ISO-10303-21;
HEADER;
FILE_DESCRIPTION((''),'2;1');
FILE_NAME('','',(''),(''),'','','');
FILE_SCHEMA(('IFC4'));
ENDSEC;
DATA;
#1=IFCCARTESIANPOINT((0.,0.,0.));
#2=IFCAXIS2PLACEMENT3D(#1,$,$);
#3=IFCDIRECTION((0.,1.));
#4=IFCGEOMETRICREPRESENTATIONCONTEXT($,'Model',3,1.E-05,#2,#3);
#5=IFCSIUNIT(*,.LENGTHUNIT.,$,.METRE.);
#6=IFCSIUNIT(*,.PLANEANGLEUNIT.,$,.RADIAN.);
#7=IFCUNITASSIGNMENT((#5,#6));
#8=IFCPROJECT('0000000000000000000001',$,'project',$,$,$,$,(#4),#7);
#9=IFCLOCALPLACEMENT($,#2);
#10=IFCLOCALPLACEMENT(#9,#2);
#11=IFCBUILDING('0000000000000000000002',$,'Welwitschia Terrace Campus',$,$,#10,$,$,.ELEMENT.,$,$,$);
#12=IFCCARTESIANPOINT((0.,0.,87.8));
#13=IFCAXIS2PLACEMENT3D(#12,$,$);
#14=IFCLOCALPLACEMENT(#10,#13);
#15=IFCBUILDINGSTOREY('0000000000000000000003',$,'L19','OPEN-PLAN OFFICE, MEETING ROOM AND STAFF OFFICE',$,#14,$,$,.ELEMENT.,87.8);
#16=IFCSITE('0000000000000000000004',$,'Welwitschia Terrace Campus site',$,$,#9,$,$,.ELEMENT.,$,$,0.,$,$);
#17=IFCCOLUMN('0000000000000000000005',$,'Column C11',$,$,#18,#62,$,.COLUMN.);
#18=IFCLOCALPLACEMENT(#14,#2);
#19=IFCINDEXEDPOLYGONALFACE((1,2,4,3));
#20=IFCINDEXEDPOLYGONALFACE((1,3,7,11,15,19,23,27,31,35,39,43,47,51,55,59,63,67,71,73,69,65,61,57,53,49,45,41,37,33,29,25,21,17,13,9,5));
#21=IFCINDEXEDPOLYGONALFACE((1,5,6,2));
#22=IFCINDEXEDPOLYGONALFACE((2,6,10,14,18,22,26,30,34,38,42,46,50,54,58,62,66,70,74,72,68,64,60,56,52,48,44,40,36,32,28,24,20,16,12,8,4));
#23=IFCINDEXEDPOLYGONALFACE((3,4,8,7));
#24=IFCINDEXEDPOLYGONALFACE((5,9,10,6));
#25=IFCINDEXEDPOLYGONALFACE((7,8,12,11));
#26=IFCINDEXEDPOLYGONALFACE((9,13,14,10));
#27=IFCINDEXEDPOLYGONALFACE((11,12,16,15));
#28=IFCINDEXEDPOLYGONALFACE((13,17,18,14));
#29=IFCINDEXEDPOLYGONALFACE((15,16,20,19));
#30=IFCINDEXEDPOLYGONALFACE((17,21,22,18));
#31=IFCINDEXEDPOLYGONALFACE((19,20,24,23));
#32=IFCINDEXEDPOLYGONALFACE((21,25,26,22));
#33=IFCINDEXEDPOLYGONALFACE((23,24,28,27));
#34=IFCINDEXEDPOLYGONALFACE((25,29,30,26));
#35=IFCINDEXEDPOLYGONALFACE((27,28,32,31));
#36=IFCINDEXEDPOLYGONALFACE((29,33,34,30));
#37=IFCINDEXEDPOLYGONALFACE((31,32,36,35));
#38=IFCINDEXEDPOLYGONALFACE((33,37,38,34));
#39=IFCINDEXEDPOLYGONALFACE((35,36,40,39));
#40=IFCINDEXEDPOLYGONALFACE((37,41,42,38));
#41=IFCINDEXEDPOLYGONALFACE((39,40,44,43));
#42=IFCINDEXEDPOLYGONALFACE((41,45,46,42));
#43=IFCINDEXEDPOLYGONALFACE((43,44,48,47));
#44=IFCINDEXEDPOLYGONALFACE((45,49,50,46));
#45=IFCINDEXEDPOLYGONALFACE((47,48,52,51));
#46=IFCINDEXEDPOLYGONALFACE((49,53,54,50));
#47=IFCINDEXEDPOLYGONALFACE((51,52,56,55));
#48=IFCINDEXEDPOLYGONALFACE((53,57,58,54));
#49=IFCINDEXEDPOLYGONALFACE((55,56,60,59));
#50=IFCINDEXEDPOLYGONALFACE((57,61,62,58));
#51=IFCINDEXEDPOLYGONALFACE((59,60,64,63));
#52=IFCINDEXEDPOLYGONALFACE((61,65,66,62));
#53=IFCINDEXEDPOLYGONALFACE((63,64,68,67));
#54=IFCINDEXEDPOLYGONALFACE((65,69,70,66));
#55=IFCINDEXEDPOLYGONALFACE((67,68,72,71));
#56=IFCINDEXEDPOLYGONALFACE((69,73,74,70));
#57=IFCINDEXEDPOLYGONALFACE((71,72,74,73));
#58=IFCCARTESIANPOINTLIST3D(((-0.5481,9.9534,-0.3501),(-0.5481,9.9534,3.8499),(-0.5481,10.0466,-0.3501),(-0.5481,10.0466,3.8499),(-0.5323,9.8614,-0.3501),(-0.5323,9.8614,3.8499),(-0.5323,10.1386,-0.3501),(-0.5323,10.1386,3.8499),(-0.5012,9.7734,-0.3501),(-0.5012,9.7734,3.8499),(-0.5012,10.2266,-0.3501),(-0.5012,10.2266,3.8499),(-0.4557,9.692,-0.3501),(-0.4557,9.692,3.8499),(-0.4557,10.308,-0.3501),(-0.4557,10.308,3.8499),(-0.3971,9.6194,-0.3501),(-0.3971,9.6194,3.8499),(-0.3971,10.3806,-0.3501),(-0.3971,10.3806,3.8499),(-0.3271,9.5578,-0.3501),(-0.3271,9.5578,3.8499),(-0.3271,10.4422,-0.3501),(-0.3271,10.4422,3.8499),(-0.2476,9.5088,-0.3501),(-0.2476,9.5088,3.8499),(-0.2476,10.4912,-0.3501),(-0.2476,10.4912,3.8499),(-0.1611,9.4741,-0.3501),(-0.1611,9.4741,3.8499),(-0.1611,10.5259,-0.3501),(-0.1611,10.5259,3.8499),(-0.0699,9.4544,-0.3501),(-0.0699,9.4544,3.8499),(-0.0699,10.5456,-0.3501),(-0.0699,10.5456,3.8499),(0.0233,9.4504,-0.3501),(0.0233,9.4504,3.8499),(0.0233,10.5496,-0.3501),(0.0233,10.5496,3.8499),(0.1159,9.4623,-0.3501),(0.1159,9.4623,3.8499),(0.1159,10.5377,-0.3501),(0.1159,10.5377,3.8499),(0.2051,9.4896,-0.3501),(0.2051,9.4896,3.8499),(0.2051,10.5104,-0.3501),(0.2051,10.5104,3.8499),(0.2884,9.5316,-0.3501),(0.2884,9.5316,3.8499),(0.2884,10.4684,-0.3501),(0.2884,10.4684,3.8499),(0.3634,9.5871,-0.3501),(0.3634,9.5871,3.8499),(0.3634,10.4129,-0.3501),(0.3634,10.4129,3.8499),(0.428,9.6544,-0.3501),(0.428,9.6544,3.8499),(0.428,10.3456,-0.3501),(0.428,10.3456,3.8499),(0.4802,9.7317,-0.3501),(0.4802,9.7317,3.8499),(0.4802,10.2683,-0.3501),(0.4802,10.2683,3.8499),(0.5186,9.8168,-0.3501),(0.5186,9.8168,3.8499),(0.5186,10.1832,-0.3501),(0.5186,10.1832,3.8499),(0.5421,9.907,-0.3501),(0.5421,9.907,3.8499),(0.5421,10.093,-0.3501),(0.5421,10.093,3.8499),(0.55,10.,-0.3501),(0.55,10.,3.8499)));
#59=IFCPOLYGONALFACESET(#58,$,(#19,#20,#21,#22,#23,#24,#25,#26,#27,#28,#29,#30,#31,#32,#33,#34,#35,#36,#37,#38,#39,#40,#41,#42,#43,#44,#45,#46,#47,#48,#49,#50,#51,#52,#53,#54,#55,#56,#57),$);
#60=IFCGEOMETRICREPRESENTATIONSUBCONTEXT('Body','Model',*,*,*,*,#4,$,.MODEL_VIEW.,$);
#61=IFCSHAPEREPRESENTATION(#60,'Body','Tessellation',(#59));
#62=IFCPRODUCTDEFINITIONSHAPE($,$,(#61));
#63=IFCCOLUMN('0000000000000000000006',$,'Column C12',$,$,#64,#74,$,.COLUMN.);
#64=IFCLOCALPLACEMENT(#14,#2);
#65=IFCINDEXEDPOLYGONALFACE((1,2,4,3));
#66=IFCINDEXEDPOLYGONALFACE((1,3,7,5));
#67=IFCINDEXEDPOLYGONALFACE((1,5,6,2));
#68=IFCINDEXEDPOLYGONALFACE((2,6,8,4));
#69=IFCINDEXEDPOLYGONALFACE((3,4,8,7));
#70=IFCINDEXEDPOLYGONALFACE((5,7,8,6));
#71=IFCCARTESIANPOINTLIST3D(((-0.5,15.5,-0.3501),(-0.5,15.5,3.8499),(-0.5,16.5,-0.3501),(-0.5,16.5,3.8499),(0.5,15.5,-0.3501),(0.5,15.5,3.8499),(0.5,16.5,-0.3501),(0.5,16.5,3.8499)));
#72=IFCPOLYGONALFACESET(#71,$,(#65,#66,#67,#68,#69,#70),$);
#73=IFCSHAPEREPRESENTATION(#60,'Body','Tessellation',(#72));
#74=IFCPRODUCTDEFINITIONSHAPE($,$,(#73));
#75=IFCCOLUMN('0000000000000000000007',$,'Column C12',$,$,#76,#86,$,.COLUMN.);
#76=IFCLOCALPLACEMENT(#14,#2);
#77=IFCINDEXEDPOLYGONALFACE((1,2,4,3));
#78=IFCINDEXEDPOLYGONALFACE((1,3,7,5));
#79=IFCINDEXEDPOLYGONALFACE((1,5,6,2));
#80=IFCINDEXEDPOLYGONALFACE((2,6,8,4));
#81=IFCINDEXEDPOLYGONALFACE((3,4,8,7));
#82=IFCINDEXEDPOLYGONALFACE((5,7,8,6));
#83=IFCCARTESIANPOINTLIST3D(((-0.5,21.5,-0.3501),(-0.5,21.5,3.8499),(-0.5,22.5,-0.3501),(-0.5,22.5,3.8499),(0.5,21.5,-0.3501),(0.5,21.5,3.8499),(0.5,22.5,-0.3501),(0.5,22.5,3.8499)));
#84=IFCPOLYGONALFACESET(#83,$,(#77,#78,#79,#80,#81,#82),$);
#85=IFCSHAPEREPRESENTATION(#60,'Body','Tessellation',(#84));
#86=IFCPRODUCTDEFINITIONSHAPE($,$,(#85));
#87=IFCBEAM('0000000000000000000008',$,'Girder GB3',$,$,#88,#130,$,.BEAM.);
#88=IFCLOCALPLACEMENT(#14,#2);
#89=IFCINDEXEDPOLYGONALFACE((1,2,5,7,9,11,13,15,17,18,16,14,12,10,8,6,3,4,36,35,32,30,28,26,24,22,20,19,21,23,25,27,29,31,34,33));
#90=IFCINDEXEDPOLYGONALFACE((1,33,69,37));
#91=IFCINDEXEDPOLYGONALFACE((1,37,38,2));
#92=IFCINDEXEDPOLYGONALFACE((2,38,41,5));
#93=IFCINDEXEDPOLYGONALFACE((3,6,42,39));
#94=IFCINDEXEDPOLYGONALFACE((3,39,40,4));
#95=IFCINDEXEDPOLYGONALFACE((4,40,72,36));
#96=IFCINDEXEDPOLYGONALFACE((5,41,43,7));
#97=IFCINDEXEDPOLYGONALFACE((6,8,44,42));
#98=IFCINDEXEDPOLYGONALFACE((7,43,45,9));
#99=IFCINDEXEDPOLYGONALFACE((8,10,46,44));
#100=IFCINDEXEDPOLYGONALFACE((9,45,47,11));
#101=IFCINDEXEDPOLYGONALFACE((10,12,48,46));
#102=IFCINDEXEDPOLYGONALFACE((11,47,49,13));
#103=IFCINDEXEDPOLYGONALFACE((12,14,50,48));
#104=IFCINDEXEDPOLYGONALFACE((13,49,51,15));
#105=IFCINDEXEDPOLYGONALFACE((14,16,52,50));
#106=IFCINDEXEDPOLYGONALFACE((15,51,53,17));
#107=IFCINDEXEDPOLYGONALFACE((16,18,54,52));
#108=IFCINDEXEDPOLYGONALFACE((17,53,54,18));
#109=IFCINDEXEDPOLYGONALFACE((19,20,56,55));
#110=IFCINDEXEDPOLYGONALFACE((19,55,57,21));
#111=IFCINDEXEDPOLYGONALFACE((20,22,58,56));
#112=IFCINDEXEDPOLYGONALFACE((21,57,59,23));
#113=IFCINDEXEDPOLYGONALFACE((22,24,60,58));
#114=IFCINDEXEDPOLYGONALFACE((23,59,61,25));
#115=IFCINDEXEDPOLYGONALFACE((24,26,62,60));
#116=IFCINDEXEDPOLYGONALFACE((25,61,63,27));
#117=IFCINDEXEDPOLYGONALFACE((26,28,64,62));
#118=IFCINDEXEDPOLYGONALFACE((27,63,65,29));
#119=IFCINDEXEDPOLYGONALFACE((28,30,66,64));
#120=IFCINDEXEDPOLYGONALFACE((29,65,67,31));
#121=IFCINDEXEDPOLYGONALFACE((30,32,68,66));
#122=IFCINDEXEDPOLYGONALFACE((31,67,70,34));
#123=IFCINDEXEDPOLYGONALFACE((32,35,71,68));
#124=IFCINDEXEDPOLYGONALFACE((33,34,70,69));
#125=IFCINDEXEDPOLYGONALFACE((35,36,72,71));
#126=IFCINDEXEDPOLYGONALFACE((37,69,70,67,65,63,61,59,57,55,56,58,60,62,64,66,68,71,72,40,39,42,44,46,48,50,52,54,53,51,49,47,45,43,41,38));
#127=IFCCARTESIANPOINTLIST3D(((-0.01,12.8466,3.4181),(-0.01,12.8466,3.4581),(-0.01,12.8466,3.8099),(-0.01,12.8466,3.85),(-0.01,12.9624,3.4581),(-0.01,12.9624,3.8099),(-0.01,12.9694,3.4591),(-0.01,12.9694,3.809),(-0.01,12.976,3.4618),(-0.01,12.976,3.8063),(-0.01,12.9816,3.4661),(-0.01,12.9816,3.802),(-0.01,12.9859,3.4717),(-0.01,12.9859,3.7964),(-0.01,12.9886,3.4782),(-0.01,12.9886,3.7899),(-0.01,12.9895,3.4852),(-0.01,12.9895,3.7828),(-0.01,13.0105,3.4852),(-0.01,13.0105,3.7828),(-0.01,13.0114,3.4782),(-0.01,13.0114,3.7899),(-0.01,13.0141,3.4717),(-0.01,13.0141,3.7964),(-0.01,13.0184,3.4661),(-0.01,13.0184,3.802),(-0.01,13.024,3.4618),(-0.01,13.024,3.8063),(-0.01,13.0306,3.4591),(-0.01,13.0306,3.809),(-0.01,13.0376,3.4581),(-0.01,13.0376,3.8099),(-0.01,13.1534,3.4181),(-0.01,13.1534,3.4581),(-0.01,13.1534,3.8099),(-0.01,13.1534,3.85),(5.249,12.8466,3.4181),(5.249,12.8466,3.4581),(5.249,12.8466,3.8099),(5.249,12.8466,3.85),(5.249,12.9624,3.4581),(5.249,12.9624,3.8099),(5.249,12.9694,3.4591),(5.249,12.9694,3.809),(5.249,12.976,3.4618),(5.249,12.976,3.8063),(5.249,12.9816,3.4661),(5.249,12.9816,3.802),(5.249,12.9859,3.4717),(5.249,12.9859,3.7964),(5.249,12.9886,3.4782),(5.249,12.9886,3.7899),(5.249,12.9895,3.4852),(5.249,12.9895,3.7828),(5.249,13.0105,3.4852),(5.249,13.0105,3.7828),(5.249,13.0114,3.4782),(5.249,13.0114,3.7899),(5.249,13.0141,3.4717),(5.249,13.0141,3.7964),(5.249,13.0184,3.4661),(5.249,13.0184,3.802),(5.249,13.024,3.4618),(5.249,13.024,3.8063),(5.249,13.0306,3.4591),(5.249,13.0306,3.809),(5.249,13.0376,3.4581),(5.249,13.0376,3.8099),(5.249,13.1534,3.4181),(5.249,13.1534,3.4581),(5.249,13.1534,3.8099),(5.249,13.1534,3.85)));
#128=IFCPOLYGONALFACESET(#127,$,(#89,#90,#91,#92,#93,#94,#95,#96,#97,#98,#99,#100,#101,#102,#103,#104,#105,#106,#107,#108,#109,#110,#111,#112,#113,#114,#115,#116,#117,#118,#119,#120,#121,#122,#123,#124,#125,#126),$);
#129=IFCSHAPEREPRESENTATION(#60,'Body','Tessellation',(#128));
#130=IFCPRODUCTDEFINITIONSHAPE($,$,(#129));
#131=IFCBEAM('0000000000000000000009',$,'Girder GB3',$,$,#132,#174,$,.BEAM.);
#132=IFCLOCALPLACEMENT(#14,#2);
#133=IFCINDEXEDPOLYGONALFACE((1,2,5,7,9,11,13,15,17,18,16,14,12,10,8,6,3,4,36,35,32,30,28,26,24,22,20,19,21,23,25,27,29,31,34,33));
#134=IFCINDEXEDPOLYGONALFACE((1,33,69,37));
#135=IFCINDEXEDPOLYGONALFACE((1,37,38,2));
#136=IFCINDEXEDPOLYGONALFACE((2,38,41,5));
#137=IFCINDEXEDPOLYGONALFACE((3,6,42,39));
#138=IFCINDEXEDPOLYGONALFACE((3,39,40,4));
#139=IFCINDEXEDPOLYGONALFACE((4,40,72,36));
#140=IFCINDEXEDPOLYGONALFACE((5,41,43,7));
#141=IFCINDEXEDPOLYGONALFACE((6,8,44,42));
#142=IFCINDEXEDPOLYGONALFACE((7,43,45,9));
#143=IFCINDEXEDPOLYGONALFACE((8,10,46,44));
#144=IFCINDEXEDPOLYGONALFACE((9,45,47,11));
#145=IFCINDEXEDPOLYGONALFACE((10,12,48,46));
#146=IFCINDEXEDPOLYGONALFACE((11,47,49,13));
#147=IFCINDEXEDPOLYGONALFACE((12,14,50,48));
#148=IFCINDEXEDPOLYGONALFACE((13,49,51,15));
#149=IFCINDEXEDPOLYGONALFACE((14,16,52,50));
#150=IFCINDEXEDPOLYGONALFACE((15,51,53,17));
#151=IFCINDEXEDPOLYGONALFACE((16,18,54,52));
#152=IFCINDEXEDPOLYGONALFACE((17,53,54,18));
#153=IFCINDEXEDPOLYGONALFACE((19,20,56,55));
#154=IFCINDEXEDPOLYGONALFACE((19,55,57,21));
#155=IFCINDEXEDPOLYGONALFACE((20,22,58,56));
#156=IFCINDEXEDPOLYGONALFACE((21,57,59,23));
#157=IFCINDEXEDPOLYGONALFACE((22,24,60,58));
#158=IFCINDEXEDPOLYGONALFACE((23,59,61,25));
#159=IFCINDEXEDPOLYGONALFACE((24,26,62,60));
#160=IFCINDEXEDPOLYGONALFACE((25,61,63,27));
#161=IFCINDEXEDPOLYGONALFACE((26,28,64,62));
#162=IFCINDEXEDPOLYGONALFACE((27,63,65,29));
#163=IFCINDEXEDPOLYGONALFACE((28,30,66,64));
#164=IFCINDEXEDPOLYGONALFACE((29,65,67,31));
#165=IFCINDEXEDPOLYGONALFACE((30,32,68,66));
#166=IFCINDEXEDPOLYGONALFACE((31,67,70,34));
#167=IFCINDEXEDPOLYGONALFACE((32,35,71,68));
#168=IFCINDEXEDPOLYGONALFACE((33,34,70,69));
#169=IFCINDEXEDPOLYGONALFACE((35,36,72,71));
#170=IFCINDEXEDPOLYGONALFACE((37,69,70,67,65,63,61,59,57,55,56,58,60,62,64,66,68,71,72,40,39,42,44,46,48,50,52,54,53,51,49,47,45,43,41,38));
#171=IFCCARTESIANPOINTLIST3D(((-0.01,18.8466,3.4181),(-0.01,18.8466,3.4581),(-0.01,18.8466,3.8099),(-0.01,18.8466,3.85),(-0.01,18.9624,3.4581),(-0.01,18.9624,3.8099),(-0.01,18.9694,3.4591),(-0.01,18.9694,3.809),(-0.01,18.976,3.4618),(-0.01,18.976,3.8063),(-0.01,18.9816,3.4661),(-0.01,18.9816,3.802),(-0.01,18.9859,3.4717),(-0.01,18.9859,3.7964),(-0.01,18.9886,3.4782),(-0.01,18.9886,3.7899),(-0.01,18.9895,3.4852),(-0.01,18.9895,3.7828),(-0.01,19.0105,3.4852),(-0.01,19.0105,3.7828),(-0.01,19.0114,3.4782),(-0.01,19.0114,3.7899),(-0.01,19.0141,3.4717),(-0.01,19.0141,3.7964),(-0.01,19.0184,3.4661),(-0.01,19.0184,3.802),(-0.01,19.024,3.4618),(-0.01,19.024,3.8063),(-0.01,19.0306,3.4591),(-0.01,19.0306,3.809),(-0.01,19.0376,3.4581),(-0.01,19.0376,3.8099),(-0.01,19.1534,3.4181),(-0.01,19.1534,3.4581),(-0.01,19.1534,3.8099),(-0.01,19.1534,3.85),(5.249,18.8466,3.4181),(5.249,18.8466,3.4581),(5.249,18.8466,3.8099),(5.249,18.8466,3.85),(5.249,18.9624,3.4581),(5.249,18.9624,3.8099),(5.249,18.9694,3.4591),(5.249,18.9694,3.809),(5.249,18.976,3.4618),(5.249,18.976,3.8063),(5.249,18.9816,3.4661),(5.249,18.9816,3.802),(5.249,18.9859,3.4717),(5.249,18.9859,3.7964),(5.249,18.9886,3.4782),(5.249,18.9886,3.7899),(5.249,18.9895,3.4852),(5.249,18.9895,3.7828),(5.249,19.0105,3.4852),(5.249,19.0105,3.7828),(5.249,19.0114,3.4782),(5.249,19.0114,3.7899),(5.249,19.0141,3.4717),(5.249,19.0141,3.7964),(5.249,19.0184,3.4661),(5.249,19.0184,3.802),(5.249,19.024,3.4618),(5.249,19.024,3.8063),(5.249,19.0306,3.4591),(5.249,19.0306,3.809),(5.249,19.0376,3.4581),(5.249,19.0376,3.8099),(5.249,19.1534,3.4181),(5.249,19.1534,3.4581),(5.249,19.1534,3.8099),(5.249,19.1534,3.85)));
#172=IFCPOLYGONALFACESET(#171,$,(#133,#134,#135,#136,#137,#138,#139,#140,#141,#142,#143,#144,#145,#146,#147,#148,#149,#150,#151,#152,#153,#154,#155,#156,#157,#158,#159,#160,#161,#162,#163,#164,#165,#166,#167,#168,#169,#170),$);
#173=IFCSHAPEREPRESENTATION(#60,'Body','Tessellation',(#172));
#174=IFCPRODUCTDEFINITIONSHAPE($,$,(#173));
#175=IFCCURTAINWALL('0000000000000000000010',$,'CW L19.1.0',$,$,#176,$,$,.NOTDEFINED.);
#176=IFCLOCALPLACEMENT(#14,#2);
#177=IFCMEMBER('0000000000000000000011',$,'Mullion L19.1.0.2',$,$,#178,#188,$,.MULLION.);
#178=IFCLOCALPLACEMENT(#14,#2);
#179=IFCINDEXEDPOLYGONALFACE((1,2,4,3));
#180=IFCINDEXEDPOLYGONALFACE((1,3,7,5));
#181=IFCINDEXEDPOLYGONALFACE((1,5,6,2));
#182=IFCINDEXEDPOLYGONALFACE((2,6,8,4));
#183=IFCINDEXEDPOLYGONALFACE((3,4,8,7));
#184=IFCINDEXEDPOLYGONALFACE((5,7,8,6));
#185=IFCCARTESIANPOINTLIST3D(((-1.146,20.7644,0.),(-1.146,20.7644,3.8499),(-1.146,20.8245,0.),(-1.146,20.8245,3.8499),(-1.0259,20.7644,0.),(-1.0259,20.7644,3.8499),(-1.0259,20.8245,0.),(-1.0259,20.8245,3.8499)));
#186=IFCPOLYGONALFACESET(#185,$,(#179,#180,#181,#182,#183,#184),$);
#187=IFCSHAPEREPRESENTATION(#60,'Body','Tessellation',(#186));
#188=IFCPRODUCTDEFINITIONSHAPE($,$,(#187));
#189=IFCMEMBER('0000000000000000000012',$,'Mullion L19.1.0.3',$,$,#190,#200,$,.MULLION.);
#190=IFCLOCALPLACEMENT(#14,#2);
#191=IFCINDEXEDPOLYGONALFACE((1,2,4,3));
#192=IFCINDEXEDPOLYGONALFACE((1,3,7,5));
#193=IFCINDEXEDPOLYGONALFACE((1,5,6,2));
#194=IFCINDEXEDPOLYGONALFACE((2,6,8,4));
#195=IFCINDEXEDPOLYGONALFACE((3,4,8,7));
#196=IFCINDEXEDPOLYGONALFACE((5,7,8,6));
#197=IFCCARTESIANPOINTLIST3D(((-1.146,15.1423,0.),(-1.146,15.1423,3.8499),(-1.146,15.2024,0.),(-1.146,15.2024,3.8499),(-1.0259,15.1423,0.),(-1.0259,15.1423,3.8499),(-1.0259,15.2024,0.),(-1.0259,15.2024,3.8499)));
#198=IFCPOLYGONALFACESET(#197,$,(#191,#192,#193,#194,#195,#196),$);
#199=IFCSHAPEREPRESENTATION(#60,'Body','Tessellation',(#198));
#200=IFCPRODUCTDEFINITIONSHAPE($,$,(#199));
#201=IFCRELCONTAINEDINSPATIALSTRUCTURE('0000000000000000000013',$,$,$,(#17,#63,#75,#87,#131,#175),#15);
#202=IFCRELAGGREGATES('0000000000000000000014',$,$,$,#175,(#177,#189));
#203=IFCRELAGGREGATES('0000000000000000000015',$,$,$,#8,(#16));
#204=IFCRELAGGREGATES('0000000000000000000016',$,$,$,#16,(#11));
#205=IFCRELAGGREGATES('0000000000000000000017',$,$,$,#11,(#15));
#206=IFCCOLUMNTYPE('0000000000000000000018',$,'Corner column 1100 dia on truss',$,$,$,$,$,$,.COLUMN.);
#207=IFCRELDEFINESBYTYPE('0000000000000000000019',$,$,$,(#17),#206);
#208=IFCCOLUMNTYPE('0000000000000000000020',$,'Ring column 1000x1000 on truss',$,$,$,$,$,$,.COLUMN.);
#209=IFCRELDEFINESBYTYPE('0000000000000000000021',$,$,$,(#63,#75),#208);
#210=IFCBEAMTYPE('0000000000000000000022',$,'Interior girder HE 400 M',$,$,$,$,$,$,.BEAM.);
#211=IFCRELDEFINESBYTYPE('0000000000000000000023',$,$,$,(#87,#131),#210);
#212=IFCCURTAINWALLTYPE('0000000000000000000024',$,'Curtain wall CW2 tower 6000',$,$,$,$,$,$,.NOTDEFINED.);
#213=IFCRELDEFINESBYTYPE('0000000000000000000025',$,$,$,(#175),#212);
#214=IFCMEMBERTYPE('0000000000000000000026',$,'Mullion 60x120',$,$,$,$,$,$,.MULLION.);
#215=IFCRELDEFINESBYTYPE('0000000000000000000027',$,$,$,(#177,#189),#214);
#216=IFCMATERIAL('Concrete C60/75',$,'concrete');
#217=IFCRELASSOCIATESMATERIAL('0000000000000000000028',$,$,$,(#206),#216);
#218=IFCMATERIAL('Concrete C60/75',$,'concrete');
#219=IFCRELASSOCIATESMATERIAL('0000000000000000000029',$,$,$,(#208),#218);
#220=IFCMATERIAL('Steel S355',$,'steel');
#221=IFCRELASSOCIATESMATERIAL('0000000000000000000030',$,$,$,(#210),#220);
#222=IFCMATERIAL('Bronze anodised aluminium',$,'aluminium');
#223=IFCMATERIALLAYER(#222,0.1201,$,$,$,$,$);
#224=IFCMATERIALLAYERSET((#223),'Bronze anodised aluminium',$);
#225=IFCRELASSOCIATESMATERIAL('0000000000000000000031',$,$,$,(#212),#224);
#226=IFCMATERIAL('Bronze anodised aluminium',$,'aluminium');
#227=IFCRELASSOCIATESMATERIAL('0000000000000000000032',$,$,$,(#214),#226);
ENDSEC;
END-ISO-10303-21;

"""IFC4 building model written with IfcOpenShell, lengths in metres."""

from ifc_helpers import new_model, si_unit, direction, frame, origin, origin_2d, place, context, subcontext, project, spatial, rectangle, circle, i_section, extrude, material, layer, layer_set, material_profile, profile_set, type_object, element, aggregate, save


model = new_model("IFC4")

# Units and contexts
model_context = context("Model", 3, precision=1e-05, world=origin(), true_north=direction((0.0, 1.0)))
body_context = subcontext(model_context, "Body", "Model", "MODEL_VIEW")
ifc_project = project(units=[si_unit("LENGTHUNIT", "METRE"), si_unit("PLANEANGLEUNIT", "RADIAN")], contexts=[model_context])

# Site, building, storey
site_placement = place(None, origin())
site = spatial("IfcSite", under=ifc_project, at=site_placement, Name="Welwitschia Terrace Campus site", CompositionType="ELEMENT", RefElevation=0.0)
building_placement = place(site_placement, origin())
building = spatial("IfcBuilding", under=site, at=building_placement, Name="Welwitschia Terrace Campus", CompositionType="ELEMENT")
storey_placement = place(building_placement, frame((0.0, 0.0, 87.8)))
storey = spatial("IfcBuildingStorey", under=building, at=storey_placement, Name="L19", Description="OPEN-PLAN OFFICE, MEETING ROOM AND STAFF OFFICE", CompositionType="ELEMENT", Elevation=87.8)

# Columns
ifc_material_1 = material(Name="Concrete C60/75", Category="concrete")
ifc_material_profile_1 = material_profile(ifc_material_1, circle(Radius=0.55, at=origin_2d()))
ifc_profile_set_1 = profile_set([ifc_material_profile_1], Name="Concrete C60/75")
column_type_1 = type_object("IfcColumnType", Name="Corner column 1100 dia on truss", PredefinedType="COLUMN", material=ifc_profile_set_1)
column_placement = place(storey_placement, frame((0.0, 10.0, -0.3501), z_axis=(0.0, 0.0, 1.0), x_axis=(1.0, 0.0, 0.0)))
element("IfcColumn", 1, at=column_placement, inside=storey, type_object=column_type_1, Name="Column C11", PredefinedType="COLUMN", context=body_context, shape_type="SweptSolid", body=[
    extrude(circle(Radius=0.55, at=origin_2d()), origin(), (0.0, 0.0, 1.0), 4.2),
])
ifc_material_2 = material(Name="Concrete C60/75", Category="concrete")
ifc_material_profile_2 = material_profile(ifc_material_2, rectangle(XDim=1.0, YDim=1.0, at=origin_2d()))
ifc_profile_set_2 = profile_set([ifc_material_profile_2], Name="Concrete C60/75")
column_type_2 = type_object("IfcColumnType", Name="Ring column 1000x1000 on truss", PredefinedType="COLUMN", material=ifc_profile_set_2)
for number, where, z_axis, x_axis, name in (
    (2, (0.0, 16.0, -0.3501), (0.0, 0.0, 1.0), (1.0, 0.0, 0.0), "Column C12"),
    (3, (0.0, 22.0, -0.3501), (0.0, 0.0, 1.0), (1.0, 0.0, 0.0), "Column C12"),
):
    element("IfcColumn", number, at=place(storey_placement, frame(where, z_axis=z_axis, x_axis=x_axis)), inside=storey, type_object=column_type_2, Name=name, PredefinedType="COLUMN", context=body_context, shape_type="SweptSolid", body=[
        extrude(rectangle(XDim=1.0, YDim=1.0, at=origin_2d()), origin(), (0.0, 0.0, 1.0), 4.2),
    ])

# Beams
ifc_material_3 = material(Name="Steel S355", Category="steel")
ifc_material_profile_3 = material_profile(ifc_material_3, i_section(OverallWidth=0.3069, OverallDepth=0.4319, WebThickness=0.021, FlangeThickness=0.04, FilletRadius=0.0271, at=origin_2d()))
ifc_profile_set_3 = profile_set([ifc_material_profile_3], Name="Steel S355")
beam_type_1 = type_object("IfcBeamType", Name="Interior girder HE 400 M", PredefinedType="BEAM", material=ifc_profile_set_3)
for number, where, z_axis, x_axis, name in (
    (4, (-0.01, 13.0, 3.634), (1.0, 0.0, 0.0), (0.0, 1.0, 0.0), "Girder GB3"),
    (5, (-0.01, 19.0, 3.634), (1.0, 0.0, 0.0), (0.0, 1.0, 0.0), "Girder GB3"),
):
    element("IfcBeam", number, at=place(storey_placement, frame(where, z_axis=z_axis, x_axis=x_axis)), inside=storey, type_object=beam_type_1, Name=name, PredefinedType="BEAM", context=body_context, shape_type="SweptSolid", body=[
        extrude(i_section(OverallWidth=0.3069, OverallDepth=0.4319, WebThickness=0.021, FlangeThickness=0.04, FilletRadius=0.0271, at=origin_2d()), origin(), (0.0, 0.0, 1.0), 5.259),
    ])

# Curtain wall, members
ifc_material_4 = material(Name="Bronze anodised aluminium", Category="aluminium")
ifc_layer_1 = layer(ifc_material_4, 0.1201)
ifc_layer_set_1 = layer_set([ifc_layer_1], Name="Bronze anodised aluminium")
curtain_wall_type = type_object("IfcCurtainWallType", Name="Curtain wall CW2 tower 6000", PredefinedType="NOTDEFINED", material=ifc_layer_set_1)
curtain_wall_placement = place(storey_placement, origin())
curtain_wall = element("IfcCurtainWall", 6, at=curtain_wall_placement, inside=storey, type_object=curtain_wall_type, Name="CW L19.1.0", PredefinedType="NOTDEFINED")
ifc_material_5 = material(Name="Bronze anodised aluminium", Category="aluminium")
ifc_material_profile_4 = material_profile(ifc_material_5, rectangle(XDim=0.1201, YDim=0.0601, at=origin_2d()))
ifc_profile_set_4 = profile_set([ifc_material_profile_4], Name="Bronze anodised aluminium")
member_type = type_object("IfcMemberType", Name="Mullion 60x120", PredefinedType="MULLION", material=ifc_profile_set_4)
member_1_placement = place(storey_placement, frame((-1.0859, 20.7944, 0.0), z_axis=(0.0, 0.0, 1.0), x_axis=(1.0, 0.0, 0.0)))
member_1 = element("IfcMember", 7, at=member_1_placement, type_object=member_type, Name="Mullion L19.1.0.2", PredefinedType="MULLION", context=body_context, shape_type="SweptSolid", body=[
    extrude(rectangle(XDim=0.1201, YDim=0.0601, at=origin_2d()), origin(), (0.0, 0.0, 1.0), 3.8499),
])
member_2_placement = place(storey_placement, frame((-1.0859, 15.1724, 0.0), z_axis=(0.0, 0.0, 1.0), x_axis=(1.0, 0.0, 0.0)))
member_2 = element("IfcMember", 8, at=member_2_placement, type_object=member_type, Name="Mullion L19.1.0.3", PredefinedType="MULLION", context=body_context, shape_type="SweptSolid", body=[
    extrude(rectangle(XDim=0.1201, YDim=0.0601, at=origin_2d()), origin(), (0.0, 0.0, 1.0), 3.8499),
])

aggregate(curtain_wall, [member_1, member_2])

save(model, "model.ifc")
